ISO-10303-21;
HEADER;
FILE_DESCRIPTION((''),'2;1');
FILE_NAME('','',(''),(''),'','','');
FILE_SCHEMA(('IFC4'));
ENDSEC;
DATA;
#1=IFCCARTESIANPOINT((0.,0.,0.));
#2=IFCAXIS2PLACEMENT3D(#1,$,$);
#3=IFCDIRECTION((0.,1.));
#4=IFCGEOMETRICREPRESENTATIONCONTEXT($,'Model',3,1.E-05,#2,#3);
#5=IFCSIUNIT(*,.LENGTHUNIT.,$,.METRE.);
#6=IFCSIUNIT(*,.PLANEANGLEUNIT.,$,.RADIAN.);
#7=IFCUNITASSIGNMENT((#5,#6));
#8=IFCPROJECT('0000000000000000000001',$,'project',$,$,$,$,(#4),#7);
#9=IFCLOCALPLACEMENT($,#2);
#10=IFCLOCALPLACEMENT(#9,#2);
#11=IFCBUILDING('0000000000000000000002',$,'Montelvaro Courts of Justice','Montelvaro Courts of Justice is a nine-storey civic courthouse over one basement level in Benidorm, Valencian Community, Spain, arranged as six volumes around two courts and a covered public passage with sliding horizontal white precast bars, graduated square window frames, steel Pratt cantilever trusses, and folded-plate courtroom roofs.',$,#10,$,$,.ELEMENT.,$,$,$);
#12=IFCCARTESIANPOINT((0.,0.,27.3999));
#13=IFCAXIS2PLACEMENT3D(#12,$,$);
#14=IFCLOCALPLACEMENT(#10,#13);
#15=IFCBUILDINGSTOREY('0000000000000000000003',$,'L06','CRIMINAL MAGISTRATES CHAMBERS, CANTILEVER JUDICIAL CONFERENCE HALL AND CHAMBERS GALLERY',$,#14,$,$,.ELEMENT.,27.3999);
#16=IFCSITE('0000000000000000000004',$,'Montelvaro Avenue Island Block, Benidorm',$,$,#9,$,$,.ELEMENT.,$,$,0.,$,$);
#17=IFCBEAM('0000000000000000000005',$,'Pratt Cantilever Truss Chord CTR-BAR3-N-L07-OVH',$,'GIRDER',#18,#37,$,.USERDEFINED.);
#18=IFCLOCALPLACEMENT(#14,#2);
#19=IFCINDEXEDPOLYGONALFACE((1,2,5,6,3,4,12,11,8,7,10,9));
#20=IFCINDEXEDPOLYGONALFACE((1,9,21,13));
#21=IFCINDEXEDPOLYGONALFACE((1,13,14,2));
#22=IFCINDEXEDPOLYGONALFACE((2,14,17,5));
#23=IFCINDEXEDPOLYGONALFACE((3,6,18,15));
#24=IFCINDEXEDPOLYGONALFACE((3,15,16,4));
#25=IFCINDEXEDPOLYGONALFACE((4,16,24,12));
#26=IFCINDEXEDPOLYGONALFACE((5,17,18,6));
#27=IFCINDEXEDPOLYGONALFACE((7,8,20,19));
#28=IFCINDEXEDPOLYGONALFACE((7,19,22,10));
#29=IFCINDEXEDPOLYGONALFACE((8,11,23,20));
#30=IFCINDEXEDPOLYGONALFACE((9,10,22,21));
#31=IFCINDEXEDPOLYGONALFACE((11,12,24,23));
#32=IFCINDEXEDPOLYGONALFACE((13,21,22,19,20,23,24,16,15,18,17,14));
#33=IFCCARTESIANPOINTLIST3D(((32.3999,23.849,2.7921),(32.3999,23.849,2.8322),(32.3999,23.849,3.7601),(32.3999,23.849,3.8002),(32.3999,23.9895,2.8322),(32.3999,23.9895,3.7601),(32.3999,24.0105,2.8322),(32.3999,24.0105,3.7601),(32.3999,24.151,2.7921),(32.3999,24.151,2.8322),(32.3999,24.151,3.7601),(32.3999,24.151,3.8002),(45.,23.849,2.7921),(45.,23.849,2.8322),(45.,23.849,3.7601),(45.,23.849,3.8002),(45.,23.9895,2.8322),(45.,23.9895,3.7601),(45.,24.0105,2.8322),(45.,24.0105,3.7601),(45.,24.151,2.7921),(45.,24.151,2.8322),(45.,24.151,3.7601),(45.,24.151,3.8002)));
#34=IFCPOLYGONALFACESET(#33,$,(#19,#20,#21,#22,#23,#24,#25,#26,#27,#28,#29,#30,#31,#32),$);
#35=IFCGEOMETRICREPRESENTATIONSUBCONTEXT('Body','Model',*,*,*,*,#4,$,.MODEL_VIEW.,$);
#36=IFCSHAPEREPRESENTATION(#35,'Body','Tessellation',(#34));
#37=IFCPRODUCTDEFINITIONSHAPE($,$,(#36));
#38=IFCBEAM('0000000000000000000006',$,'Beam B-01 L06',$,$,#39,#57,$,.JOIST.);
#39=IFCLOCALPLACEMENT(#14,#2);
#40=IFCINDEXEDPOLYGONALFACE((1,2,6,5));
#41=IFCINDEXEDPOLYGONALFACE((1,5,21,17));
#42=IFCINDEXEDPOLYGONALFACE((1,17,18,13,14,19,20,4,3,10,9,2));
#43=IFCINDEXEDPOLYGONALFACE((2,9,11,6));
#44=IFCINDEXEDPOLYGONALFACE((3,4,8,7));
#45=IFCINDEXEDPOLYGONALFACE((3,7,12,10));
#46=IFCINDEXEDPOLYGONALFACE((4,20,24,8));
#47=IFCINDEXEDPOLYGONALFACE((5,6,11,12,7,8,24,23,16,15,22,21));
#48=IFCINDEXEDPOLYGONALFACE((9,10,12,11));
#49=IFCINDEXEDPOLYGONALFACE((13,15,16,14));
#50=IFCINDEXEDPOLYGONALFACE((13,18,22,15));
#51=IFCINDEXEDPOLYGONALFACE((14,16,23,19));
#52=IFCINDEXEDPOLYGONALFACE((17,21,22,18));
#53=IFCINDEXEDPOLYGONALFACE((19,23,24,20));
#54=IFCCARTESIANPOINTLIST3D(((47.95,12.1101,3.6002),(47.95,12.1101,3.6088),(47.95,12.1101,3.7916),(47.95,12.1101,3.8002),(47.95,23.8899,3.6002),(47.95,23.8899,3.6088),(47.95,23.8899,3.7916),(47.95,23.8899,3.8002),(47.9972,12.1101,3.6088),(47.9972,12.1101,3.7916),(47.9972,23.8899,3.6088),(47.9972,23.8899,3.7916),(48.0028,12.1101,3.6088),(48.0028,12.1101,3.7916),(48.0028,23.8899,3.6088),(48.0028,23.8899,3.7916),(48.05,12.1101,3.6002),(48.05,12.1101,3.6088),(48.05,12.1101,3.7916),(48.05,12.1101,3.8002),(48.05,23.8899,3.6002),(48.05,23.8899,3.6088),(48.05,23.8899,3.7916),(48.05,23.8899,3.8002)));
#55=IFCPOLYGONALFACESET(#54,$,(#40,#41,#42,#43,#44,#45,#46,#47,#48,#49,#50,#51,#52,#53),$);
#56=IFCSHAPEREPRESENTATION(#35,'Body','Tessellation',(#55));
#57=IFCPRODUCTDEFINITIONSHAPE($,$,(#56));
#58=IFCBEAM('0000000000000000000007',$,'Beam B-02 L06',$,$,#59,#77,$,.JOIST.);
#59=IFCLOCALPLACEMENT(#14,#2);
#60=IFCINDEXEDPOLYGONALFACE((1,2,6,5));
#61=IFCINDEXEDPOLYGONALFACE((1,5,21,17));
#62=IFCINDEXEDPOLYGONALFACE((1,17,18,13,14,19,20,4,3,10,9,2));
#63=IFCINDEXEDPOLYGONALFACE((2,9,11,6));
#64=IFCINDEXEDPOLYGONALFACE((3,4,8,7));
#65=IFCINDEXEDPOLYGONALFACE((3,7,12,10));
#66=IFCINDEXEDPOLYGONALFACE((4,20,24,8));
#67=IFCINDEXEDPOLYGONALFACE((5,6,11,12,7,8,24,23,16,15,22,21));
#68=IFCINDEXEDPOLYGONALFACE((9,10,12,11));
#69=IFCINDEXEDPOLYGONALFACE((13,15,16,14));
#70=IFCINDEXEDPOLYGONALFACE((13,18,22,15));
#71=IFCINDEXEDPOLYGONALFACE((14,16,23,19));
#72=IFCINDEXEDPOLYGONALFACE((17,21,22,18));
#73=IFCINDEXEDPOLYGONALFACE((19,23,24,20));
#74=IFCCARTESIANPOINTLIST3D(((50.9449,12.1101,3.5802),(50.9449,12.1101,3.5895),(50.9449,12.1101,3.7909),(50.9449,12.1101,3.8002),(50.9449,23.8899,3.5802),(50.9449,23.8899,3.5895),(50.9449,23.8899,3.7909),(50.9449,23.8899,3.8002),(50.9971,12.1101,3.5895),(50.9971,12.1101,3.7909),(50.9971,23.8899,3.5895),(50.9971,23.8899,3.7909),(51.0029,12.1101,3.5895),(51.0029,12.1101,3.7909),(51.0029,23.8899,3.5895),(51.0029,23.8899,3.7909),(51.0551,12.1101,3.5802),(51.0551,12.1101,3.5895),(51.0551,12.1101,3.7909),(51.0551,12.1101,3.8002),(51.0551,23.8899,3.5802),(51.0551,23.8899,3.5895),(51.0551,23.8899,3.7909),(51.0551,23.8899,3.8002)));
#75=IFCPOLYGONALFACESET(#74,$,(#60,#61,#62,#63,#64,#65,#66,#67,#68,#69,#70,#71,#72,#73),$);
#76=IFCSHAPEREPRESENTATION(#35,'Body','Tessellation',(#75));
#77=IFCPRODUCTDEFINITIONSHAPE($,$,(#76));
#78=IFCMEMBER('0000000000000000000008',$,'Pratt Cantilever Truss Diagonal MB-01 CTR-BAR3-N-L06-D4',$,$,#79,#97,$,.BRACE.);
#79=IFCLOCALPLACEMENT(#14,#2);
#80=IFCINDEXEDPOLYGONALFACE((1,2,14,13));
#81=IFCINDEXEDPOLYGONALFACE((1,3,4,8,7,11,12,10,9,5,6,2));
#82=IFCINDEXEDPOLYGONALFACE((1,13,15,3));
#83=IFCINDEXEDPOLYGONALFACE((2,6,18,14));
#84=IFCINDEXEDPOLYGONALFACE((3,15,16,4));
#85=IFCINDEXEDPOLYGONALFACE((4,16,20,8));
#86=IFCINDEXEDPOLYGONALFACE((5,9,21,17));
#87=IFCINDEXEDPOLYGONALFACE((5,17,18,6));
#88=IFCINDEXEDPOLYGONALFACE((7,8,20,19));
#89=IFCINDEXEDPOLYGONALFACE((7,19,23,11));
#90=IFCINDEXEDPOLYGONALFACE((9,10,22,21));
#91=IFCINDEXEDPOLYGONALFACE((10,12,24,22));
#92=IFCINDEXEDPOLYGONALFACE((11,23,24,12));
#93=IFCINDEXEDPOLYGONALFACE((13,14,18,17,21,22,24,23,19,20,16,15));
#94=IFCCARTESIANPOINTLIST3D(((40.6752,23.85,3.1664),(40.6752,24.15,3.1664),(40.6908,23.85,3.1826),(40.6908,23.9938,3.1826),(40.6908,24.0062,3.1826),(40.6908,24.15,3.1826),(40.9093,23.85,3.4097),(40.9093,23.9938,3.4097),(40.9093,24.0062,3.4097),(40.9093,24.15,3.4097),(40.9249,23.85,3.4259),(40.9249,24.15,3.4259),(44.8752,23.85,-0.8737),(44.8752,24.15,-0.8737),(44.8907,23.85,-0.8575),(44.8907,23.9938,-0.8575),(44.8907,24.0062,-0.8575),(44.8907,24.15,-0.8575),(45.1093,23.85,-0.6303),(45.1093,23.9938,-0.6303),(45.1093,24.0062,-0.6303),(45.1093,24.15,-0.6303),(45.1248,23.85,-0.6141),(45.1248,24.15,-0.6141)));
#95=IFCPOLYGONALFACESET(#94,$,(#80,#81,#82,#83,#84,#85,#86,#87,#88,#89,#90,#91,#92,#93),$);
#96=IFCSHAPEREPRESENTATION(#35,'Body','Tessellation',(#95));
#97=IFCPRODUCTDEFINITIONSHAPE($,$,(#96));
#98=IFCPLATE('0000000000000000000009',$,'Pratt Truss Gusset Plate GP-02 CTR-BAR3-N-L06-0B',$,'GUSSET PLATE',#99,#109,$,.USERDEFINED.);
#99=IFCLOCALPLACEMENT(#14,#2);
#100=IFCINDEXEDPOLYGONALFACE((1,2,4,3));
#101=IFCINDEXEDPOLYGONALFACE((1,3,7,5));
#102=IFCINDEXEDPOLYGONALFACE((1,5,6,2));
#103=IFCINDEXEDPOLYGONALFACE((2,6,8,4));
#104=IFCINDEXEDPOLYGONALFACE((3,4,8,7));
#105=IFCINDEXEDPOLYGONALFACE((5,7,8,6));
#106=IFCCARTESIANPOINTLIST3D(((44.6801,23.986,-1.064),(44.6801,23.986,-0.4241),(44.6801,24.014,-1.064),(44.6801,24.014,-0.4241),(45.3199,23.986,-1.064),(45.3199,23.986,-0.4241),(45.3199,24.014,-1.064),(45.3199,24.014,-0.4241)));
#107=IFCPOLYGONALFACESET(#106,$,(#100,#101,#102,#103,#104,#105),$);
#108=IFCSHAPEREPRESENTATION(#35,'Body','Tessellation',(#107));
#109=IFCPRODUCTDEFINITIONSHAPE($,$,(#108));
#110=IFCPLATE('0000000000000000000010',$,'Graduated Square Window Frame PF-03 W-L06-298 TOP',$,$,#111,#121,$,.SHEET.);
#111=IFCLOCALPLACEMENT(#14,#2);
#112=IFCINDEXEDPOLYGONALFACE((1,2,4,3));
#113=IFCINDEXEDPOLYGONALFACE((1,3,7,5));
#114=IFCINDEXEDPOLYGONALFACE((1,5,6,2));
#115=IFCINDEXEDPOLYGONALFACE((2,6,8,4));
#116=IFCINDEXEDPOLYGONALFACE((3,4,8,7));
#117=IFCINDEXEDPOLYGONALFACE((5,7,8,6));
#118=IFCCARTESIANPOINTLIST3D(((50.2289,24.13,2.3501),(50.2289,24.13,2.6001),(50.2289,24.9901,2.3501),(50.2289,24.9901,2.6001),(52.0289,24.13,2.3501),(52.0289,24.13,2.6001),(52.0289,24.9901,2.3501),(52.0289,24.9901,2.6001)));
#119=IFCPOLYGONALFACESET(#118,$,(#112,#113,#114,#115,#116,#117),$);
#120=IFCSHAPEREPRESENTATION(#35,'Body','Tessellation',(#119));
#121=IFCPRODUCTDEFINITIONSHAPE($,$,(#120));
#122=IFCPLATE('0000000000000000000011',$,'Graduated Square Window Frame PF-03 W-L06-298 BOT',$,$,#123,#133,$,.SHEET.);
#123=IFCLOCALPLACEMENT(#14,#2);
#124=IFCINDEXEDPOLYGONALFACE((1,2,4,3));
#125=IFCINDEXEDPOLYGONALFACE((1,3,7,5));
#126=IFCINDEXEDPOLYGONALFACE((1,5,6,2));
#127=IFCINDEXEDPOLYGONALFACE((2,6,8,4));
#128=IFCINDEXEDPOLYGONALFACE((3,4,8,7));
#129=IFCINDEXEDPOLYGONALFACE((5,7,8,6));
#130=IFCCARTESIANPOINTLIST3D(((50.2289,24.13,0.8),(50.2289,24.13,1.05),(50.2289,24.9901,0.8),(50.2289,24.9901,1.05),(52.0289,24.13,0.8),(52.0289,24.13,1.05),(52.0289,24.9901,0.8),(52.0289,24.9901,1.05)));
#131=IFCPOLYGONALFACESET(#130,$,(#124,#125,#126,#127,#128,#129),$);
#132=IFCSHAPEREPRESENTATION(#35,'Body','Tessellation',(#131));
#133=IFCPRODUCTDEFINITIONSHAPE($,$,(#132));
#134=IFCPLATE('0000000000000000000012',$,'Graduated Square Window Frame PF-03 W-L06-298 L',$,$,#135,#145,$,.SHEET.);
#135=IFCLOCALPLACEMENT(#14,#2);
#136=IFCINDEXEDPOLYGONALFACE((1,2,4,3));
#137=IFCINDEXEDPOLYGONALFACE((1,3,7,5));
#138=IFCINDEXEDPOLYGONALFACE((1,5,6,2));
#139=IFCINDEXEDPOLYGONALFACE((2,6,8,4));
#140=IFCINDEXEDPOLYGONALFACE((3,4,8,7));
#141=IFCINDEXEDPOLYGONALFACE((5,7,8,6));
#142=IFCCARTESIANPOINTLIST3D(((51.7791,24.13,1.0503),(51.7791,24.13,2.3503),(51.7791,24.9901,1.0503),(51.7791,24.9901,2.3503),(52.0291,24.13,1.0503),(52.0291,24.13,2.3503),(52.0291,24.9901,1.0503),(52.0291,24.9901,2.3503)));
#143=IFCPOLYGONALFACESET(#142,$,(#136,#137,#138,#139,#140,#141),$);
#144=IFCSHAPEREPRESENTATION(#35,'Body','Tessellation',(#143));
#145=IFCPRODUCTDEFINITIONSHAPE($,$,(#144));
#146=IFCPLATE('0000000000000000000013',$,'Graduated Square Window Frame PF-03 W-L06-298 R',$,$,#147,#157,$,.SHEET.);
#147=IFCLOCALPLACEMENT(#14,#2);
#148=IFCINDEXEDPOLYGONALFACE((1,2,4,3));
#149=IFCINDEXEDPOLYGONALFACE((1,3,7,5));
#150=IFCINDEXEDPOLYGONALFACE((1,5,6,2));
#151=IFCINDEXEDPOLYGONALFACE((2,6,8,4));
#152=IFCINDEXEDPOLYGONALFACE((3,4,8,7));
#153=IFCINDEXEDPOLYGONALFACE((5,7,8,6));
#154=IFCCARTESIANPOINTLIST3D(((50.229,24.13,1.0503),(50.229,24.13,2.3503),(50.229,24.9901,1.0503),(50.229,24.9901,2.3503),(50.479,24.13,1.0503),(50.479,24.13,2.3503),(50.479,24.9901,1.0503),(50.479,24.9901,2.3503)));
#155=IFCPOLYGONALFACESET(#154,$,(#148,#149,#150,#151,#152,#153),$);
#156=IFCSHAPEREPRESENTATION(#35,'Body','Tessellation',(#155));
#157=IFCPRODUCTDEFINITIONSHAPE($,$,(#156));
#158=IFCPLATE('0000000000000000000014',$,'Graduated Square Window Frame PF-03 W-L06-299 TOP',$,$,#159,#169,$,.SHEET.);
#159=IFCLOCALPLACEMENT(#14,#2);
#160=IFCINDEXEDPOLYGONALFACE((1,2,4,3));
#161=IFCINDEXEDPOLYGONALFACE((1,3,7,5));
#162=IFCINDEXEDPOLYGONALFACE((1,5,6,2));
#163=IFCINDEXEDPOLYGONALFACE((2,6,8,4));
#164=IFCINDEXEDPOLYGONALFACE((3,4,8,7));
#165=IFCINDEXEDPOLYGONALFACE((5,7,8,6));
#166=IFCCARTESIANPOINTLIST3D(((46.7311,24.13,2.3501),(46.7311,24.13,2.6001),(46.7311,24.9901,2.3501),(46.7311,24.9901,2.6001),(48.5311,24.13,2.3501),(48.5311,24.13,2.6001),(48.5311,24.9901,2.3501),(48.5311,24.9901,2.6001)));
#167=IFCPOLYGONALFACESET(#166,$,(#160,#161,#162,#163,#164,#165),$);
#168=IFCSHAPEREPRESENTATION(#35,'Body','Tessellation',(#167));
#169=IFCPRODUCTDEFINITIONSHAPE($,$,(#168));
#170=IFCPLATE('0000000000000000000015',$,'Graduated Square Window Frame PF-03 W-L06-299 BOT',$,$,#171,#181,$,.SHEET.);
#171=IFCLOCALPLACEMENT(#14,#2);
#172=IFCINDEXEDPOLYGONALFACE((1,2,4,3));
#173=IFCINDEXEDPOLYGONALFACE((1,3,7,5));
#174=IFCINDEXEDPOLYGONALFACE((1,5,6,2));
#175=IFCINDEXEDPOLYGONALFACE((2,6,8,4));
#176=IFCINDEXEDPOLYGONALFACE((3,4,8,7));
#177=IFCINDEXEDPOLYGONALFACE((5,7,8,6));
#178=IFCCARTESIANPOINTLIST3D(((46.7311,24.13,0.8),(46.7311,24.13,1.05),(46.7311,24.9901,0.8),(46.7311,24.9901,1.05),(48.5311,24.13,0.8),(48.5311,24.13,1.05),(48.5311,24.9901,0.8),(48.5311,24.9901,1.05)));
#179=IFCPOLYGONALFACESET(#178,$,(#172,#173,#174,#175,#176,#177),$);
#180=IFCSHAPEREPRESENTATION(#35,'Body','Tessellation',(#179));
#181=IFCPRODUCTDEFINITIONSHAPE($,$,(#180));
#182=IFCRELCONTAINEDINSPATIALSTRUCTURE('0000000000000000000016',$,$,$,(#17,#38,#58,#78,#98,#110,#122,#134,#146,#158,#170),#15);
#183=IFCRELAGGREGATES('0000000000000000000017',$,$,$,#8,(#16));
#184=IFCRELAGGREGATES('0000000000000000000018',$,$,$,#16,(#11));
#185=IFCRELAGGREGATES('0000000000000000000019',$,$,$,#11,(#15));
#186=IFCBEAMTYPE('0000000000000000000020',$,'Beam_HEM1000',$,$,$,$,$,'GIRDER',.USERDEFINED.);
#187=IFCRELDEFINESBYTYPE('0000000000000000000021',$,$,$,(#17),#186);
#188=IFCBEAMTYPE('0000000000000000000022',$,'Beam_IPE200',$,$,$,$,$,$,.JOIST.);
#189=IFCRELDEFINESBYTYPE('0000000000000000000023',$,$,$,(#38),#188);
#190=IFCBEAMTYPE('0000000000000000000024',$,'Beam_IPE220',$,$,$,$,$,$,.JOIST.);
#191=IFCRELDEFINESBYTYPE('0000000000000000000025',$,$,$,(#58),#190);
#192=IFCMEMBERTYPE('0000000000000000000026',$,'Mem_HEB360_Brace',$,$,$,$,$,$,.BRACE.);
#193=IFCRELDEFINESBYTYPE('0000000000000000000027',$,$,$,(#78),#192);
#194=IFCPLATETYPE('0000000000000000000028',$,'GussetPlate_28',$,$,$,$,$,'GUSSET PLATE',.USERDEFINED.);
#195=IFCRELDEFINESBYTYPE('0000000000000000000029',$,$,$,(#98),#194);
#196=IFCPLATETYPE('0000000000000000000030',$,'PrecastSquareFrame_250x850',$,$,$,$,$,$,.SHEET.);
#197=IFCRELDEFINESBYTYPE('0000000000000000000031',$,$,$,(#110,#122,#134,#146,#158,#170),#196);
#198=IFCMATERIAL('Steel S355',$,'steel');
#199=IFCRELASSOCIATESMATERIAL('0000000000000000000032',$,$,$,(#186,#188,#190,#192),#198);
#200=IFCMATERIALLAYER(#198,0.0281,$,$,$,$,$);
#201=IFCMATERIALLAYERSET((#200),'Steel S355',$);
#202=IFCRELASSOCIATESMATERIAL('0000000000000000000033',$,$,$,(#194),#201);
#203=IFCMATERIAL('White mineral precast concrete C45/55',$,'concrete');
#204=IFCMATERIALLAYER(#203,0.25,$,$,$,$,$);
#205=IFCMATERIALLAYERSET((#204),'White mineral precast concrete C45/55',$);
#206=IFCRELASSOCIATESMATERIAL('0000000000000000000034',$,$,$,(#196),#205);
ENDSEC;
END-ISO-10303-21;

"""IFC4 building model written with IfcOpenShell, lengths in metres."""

from ifc_helpers import new_model, si_unit, direction, frame, origin, origin_2d, place, context, subcontext, project, spatial, rectangle, i_section, extrude, material, layer, layer_set, material_profile, profile_set, type_object, element, save


model = new_model("IFC4")

# Units and contexts
model_context = context("Model", 3, precision=1e-05, world=origin(), true_north=direction((0.0, 1.0)))
body_context = subcontext(model_context, "Body", "Model", "MODEL_VIEW")
ifc_project = project(units=[si_unit("LENGTHUNIT", "METRE"), si_unit("PLANEANGLEUNIT", "RADIAN")], contexts=[model_context])

# Site, building, storey
site_placement = place(None, origin())
site = spatial("IfcSite", under=ifc_project, at=site_placement, Name="Montelvaro Avenue Island Block, Benidorm", CompositionType="ELEMENT", RefElevation=0.0)
building_placement = place(site_placement, origin())
building = spatial("IfcBuilding", under=site, at=building_placement, Name="Montelvaro Courts of Justice", Description="Montelvaro Courts of Justice is a nine-storey civic courthouse over one basement level in Benidorm, Valencian Community, Spain, arranged as six volumes around two courts and a covered public passage with sliding horizontal white precast bars, graduated square window frames, steel Pratt cantilever trusses, and folded-plate courtroom roofs.", CompositionType="ELEMENT")
storey_placement = place(building_placement, frame((0.0, 0.0, 27.3999)))
storey = spatial("IfcBuildingStorey", under=building, at=storey_placement, Name="L06", Description="CRIMINAL MAGISTRATES CHAMBERS, CANTILEVER JUDICIAL CONFERENCE HALL AND CHAMBERS GALLERY", CompositionType="ELEMENT", Elevation=27.3999)

# Shared definitions
ifc_material_1 = material(Name="Steel S355", Category="steel")

# Beams
ifc_material_profile_1 = material_profile(ifc_material_1, i_section(OverallWidth=0.302, OverallDepth=1.0081, WebThickness=0.021, FlangeThickness=0.04, at=origin_2d()), Name="HEM 1000")
ifc_profile_set_1 = profile_set([ifc_material_profile_1], Name="Steel S355")
beam_type_1 = type_object("IfcBeamType", Name="Beam_HEM1000", ElementType="GIRDER", PredefinedType="USERDEFINED", material=ifc_profile_set_1)
beam_1_placement = place(storey_placement, frame((45.0, 24.0, 3.2961), z_axis=(-1.0, 0.0, 0.0), x_axis=(0.0, -1.0, 0.0)))
element("IfcBeam", 1, at=beam_1_placement, inside=storey, type_object=beam_type_1, Name="Pratt Cantilever Truss Chord CTR-BAR3-N-L07-OVH", ObjectType="GIRDER", PredefinedType="USERDEFINED", context=body_context, shape_type="SweptSolid", body=[
    extrude(i_section(OverallWidth=0.302, OverallDepth=1.0081, WebThickness=0.021, FlangeThickness=0.04, at=origin_2d()), origin(), (0.0, 0.0, 1.0), 12.6001),
])
ifc_material_profile_2 = material_profile(ifc_material_1, i_section(OverallWidth=0.1001, OverallDepth=0.2, WebThickness=0.0056, FlangeThickness=0.0085, at=origin_2d()), Name="IPE 200")
ifc_profile_set_2 = profile_set([ifc_material_profile_2], Name="Steel S355")
beam_type_2 = type_object("IfcBeamType", Name="Beam_IPE200", PredefinedType="JOIST", material=ifc_profile_set_2)
beam_2_placement = place(storey_placement, frame((48.0, 12.1101, 3.7002), z_axis=(0.0, 1.0, 0.0), x_axis=(-1.0, 0.0, 0.0)))
element("IfcBeam", 2, at=beam_2_placement, inside=storey, type_object=beam_type_2, Name="Beam B-01 L06", PredefinedType="JOIST", context=body_context, shape_type="SweptSolid", body=[
    extrude(i_section(OverallWidth=0.1001, OverallDepth=0.2, WebThickness=0.0056, FlangeThickness=0.0085, at=origin_2d()), origin(), (0.0, 0.0, 1.0), 11.7798),
])
ifc_material_profile_3 = material_profile(ifc_material_1, i_section(OverallWidth=0.1101, OverallDepth=0.22, WebThickness=0.0059, FlangeThickness=0.0093, at=origin_2d()), Name="IPE 220")
ifc_profile_set_3 = profile_set([ifc_material_profile_3], Name="Steel S355")
beam_type_3 = type_object("IfcBeamType", Name="Beam_IPE220", PredefinedType="JOIST", material=ifc_profile_set_3)
beam_3_placement = place(storey_placement, frame((51.0, 12.1101, 3.6902), z_axis=(0.0, 1.0, 0.0), x_axis=(-1.0, 0.0, 0.0)))
element("IfcBeam", 3, at=beam_3_placement, inside=storey, type_object=beam_type_3, Name="Beam B-02 L06", PredefinedType="JOIST", context=body_context, shape_type="SweptSolid", body=[
    extrude(i_section(OverallWidth=0.1101, OverallDepth=0.22, WebThickness=0.0059, FlangeThickness=0.0093, at=origin_2d()), origin(), (0.0, 0.0, 1.0), 11.7798),
])

# Member
ifc_material_profile_4 = material_profile(ifc_material_1, i_section(OverallWidth=0.3, OverallDepth=0.3601, WebThickness=0.0125, FlangeThickness=0.0225, at=origin_2d()), Name="HEB 360")
ifc_profile_set_4 = profile_set([ifc_material_profile_4], Name="Steel S355")
member_type = type_object("IfcMemberType", Name="Mem_HEB360_Brace", PredefinedType="BRACE", material=ifc_profile_set_4)
member_placement = place(storey_placement, frame((45.0, 24.0, -0.7439), z_axis=(-0.720694, 0.0, 0.693254), x_axis=(0.0, -1.0, 0.0)))
element("IfcMember", 4, at=member_placement, inside=storey, type_object=member_type, Name="Pratt Cantilever Truss Diagonal MB-01 CTR-BAR3-N-L06-D4", PredefinedType="BRACE", context=body_context, shape_type="SweptSolid", body=[
    extrude(i_section(OverallWidth=0.3, OverallDepth=0.3601, WebThickness=0.0125, FlangeThickness=0.0225, at=origin_2d()), origin(), (0.0, 0.0, 1.0), 5.8276),
])

# Plates
ifc_layer_1 = layer(ifc_material_1, 0.0281)
ifc_layer_set_1 = layer_set([ifc_layer_1], Name="Steel S355")
plate_type_1 = type_object("IfcPlateType", Name="GussetPlate_28", ElementType="GUSSET PLATE", PredefinedType="USERDEFINED", material=ifc_layer_set_1)
plate_placement = place(storey_placement, frame((45.0, 24.0, -1.064), z_axis=(0.0, 0.0, 1.0), x_axis=(1.0, 0.0, 0.0)))
element("IfcPlate", 5, at=plate_placement, inside=storey, type_object=plate_type_1, Name="Pratt Truss Gusset Plate GP-02 CTR-BAR3-N-L06-0B", ObjectType="GUSSET PLATE", PredefinedType="USERDEFINED", context=body_context, shape_type="SweptSolid", body=[
    extrude(rectangle(XDim=0.6399, YDim=0.0281, at=origin_2d()), origin(), (0.0, 0.0, 1.0), 0.6399),
])
ifc_material_2 = material(Name="White mineral precast concrete C45/55", Category="concrete")
ifc_layer_2 = layer(ifc_material_2, 0.25)
ifc_layer_set_2 = layer_set([ifc_layer_2], Name="White mineral precast concrete C45/55")
plate_type_2 = type_object("IfcPlateType", Name="PrecastSquareFrame_250x850", PredefinedType="SHEET", material=ifc_layer_set_2)
for number, where, z_axis, x_axis, name in (
    (6, (51.1289, 24.5601, 2.3501), (0.0, 0.0, 1.0), (-1.0, 0.0, 0.0), "Graduated Square Window Frame PF-03 W-L06-298 TOP"),
    (7, (51.1289, 24.5601, 0.8), (0.0, 0.0, 1.0), (-1.0, 0.0, 0.0), "Graduated Square Window Frame PF-03 W-L06-298 BOT"),
):
    element("IfcPlate", number, at=place(storey_placement, frame(where, z_axis=z_axis, x_axis=x_axis)), inside=storey, type_object=plate_type_2, Name=name, PredefinedType="SHEET", context=body_context, shape_type="SweptSolid", body=[
        extrude(rectangle(XDim=1.8, YDim=0.8601, at=origin_2d()), origin(), (0.0, 0.0, 1.0), 0.25),
    ])
for number, where, z_axis, x_axis, name in (
    (8, (51.9041, 24.5601, 1.0503), (0.0, 0.0, 1.0), (-1.0, 0.0, 0.0), "Graduated Square Window Frame PF-03 W-L06-298 L"),
    (9, (50.354, 24.5601, 1.0503), (0.0, 0.0, 1.0), (-1.0, 0.0, 0.0), "Graduated Square Window Frame PF-03 W-L06-298 R"),
):
    element("IfcPlate", number, at=place(storey_placement, frame(where, z_axis=z_axis, x_axis=x_axis)), inside=storey, type_object=plate_type_2, Name=name, PredefinedType="SHEET", context=body_context, shape_type="SweptSolid", body=[
        extrude(rectangle(XDim=0.25, YDim=0.8601, at=origin_2d()), origin(), (0.0, 0.0, 1.0), 1.3),
    ])
for number, where, z_axis, x_axis, name in (
    (10, (47.6311, 24.5601, 2.3501), (0.0, 0.0, 1.0), (-1.0, 0.0, 0.0), "Graduated Square Window Frame PF-03 W-L06-299 TOP"),
    (11, (47.6311, 24.5601, 0.8), (0.0, 0.0, 1.0), (-1.0, 0.0, 0.0), "Graduated Square Window Frame PF-03 W-L06-299 BOT"),
):
    element("IfcPlate", number, at=place(storey_placement, frame(where, z_axis=z_axis, x_axis=x_axis)), inside=storey, type_object=plate_type_2, Name=name, PredefinedType="SHEET", context=body_context, shape_type="SweptSolid", body=[
        extrude(rectangle(XDim=1.8, YDim=0.8601, at=origin_2d()), origin(), (0.0, 0.0, 1.0), 0.25),
    ])

save(model, "model.ifc")
